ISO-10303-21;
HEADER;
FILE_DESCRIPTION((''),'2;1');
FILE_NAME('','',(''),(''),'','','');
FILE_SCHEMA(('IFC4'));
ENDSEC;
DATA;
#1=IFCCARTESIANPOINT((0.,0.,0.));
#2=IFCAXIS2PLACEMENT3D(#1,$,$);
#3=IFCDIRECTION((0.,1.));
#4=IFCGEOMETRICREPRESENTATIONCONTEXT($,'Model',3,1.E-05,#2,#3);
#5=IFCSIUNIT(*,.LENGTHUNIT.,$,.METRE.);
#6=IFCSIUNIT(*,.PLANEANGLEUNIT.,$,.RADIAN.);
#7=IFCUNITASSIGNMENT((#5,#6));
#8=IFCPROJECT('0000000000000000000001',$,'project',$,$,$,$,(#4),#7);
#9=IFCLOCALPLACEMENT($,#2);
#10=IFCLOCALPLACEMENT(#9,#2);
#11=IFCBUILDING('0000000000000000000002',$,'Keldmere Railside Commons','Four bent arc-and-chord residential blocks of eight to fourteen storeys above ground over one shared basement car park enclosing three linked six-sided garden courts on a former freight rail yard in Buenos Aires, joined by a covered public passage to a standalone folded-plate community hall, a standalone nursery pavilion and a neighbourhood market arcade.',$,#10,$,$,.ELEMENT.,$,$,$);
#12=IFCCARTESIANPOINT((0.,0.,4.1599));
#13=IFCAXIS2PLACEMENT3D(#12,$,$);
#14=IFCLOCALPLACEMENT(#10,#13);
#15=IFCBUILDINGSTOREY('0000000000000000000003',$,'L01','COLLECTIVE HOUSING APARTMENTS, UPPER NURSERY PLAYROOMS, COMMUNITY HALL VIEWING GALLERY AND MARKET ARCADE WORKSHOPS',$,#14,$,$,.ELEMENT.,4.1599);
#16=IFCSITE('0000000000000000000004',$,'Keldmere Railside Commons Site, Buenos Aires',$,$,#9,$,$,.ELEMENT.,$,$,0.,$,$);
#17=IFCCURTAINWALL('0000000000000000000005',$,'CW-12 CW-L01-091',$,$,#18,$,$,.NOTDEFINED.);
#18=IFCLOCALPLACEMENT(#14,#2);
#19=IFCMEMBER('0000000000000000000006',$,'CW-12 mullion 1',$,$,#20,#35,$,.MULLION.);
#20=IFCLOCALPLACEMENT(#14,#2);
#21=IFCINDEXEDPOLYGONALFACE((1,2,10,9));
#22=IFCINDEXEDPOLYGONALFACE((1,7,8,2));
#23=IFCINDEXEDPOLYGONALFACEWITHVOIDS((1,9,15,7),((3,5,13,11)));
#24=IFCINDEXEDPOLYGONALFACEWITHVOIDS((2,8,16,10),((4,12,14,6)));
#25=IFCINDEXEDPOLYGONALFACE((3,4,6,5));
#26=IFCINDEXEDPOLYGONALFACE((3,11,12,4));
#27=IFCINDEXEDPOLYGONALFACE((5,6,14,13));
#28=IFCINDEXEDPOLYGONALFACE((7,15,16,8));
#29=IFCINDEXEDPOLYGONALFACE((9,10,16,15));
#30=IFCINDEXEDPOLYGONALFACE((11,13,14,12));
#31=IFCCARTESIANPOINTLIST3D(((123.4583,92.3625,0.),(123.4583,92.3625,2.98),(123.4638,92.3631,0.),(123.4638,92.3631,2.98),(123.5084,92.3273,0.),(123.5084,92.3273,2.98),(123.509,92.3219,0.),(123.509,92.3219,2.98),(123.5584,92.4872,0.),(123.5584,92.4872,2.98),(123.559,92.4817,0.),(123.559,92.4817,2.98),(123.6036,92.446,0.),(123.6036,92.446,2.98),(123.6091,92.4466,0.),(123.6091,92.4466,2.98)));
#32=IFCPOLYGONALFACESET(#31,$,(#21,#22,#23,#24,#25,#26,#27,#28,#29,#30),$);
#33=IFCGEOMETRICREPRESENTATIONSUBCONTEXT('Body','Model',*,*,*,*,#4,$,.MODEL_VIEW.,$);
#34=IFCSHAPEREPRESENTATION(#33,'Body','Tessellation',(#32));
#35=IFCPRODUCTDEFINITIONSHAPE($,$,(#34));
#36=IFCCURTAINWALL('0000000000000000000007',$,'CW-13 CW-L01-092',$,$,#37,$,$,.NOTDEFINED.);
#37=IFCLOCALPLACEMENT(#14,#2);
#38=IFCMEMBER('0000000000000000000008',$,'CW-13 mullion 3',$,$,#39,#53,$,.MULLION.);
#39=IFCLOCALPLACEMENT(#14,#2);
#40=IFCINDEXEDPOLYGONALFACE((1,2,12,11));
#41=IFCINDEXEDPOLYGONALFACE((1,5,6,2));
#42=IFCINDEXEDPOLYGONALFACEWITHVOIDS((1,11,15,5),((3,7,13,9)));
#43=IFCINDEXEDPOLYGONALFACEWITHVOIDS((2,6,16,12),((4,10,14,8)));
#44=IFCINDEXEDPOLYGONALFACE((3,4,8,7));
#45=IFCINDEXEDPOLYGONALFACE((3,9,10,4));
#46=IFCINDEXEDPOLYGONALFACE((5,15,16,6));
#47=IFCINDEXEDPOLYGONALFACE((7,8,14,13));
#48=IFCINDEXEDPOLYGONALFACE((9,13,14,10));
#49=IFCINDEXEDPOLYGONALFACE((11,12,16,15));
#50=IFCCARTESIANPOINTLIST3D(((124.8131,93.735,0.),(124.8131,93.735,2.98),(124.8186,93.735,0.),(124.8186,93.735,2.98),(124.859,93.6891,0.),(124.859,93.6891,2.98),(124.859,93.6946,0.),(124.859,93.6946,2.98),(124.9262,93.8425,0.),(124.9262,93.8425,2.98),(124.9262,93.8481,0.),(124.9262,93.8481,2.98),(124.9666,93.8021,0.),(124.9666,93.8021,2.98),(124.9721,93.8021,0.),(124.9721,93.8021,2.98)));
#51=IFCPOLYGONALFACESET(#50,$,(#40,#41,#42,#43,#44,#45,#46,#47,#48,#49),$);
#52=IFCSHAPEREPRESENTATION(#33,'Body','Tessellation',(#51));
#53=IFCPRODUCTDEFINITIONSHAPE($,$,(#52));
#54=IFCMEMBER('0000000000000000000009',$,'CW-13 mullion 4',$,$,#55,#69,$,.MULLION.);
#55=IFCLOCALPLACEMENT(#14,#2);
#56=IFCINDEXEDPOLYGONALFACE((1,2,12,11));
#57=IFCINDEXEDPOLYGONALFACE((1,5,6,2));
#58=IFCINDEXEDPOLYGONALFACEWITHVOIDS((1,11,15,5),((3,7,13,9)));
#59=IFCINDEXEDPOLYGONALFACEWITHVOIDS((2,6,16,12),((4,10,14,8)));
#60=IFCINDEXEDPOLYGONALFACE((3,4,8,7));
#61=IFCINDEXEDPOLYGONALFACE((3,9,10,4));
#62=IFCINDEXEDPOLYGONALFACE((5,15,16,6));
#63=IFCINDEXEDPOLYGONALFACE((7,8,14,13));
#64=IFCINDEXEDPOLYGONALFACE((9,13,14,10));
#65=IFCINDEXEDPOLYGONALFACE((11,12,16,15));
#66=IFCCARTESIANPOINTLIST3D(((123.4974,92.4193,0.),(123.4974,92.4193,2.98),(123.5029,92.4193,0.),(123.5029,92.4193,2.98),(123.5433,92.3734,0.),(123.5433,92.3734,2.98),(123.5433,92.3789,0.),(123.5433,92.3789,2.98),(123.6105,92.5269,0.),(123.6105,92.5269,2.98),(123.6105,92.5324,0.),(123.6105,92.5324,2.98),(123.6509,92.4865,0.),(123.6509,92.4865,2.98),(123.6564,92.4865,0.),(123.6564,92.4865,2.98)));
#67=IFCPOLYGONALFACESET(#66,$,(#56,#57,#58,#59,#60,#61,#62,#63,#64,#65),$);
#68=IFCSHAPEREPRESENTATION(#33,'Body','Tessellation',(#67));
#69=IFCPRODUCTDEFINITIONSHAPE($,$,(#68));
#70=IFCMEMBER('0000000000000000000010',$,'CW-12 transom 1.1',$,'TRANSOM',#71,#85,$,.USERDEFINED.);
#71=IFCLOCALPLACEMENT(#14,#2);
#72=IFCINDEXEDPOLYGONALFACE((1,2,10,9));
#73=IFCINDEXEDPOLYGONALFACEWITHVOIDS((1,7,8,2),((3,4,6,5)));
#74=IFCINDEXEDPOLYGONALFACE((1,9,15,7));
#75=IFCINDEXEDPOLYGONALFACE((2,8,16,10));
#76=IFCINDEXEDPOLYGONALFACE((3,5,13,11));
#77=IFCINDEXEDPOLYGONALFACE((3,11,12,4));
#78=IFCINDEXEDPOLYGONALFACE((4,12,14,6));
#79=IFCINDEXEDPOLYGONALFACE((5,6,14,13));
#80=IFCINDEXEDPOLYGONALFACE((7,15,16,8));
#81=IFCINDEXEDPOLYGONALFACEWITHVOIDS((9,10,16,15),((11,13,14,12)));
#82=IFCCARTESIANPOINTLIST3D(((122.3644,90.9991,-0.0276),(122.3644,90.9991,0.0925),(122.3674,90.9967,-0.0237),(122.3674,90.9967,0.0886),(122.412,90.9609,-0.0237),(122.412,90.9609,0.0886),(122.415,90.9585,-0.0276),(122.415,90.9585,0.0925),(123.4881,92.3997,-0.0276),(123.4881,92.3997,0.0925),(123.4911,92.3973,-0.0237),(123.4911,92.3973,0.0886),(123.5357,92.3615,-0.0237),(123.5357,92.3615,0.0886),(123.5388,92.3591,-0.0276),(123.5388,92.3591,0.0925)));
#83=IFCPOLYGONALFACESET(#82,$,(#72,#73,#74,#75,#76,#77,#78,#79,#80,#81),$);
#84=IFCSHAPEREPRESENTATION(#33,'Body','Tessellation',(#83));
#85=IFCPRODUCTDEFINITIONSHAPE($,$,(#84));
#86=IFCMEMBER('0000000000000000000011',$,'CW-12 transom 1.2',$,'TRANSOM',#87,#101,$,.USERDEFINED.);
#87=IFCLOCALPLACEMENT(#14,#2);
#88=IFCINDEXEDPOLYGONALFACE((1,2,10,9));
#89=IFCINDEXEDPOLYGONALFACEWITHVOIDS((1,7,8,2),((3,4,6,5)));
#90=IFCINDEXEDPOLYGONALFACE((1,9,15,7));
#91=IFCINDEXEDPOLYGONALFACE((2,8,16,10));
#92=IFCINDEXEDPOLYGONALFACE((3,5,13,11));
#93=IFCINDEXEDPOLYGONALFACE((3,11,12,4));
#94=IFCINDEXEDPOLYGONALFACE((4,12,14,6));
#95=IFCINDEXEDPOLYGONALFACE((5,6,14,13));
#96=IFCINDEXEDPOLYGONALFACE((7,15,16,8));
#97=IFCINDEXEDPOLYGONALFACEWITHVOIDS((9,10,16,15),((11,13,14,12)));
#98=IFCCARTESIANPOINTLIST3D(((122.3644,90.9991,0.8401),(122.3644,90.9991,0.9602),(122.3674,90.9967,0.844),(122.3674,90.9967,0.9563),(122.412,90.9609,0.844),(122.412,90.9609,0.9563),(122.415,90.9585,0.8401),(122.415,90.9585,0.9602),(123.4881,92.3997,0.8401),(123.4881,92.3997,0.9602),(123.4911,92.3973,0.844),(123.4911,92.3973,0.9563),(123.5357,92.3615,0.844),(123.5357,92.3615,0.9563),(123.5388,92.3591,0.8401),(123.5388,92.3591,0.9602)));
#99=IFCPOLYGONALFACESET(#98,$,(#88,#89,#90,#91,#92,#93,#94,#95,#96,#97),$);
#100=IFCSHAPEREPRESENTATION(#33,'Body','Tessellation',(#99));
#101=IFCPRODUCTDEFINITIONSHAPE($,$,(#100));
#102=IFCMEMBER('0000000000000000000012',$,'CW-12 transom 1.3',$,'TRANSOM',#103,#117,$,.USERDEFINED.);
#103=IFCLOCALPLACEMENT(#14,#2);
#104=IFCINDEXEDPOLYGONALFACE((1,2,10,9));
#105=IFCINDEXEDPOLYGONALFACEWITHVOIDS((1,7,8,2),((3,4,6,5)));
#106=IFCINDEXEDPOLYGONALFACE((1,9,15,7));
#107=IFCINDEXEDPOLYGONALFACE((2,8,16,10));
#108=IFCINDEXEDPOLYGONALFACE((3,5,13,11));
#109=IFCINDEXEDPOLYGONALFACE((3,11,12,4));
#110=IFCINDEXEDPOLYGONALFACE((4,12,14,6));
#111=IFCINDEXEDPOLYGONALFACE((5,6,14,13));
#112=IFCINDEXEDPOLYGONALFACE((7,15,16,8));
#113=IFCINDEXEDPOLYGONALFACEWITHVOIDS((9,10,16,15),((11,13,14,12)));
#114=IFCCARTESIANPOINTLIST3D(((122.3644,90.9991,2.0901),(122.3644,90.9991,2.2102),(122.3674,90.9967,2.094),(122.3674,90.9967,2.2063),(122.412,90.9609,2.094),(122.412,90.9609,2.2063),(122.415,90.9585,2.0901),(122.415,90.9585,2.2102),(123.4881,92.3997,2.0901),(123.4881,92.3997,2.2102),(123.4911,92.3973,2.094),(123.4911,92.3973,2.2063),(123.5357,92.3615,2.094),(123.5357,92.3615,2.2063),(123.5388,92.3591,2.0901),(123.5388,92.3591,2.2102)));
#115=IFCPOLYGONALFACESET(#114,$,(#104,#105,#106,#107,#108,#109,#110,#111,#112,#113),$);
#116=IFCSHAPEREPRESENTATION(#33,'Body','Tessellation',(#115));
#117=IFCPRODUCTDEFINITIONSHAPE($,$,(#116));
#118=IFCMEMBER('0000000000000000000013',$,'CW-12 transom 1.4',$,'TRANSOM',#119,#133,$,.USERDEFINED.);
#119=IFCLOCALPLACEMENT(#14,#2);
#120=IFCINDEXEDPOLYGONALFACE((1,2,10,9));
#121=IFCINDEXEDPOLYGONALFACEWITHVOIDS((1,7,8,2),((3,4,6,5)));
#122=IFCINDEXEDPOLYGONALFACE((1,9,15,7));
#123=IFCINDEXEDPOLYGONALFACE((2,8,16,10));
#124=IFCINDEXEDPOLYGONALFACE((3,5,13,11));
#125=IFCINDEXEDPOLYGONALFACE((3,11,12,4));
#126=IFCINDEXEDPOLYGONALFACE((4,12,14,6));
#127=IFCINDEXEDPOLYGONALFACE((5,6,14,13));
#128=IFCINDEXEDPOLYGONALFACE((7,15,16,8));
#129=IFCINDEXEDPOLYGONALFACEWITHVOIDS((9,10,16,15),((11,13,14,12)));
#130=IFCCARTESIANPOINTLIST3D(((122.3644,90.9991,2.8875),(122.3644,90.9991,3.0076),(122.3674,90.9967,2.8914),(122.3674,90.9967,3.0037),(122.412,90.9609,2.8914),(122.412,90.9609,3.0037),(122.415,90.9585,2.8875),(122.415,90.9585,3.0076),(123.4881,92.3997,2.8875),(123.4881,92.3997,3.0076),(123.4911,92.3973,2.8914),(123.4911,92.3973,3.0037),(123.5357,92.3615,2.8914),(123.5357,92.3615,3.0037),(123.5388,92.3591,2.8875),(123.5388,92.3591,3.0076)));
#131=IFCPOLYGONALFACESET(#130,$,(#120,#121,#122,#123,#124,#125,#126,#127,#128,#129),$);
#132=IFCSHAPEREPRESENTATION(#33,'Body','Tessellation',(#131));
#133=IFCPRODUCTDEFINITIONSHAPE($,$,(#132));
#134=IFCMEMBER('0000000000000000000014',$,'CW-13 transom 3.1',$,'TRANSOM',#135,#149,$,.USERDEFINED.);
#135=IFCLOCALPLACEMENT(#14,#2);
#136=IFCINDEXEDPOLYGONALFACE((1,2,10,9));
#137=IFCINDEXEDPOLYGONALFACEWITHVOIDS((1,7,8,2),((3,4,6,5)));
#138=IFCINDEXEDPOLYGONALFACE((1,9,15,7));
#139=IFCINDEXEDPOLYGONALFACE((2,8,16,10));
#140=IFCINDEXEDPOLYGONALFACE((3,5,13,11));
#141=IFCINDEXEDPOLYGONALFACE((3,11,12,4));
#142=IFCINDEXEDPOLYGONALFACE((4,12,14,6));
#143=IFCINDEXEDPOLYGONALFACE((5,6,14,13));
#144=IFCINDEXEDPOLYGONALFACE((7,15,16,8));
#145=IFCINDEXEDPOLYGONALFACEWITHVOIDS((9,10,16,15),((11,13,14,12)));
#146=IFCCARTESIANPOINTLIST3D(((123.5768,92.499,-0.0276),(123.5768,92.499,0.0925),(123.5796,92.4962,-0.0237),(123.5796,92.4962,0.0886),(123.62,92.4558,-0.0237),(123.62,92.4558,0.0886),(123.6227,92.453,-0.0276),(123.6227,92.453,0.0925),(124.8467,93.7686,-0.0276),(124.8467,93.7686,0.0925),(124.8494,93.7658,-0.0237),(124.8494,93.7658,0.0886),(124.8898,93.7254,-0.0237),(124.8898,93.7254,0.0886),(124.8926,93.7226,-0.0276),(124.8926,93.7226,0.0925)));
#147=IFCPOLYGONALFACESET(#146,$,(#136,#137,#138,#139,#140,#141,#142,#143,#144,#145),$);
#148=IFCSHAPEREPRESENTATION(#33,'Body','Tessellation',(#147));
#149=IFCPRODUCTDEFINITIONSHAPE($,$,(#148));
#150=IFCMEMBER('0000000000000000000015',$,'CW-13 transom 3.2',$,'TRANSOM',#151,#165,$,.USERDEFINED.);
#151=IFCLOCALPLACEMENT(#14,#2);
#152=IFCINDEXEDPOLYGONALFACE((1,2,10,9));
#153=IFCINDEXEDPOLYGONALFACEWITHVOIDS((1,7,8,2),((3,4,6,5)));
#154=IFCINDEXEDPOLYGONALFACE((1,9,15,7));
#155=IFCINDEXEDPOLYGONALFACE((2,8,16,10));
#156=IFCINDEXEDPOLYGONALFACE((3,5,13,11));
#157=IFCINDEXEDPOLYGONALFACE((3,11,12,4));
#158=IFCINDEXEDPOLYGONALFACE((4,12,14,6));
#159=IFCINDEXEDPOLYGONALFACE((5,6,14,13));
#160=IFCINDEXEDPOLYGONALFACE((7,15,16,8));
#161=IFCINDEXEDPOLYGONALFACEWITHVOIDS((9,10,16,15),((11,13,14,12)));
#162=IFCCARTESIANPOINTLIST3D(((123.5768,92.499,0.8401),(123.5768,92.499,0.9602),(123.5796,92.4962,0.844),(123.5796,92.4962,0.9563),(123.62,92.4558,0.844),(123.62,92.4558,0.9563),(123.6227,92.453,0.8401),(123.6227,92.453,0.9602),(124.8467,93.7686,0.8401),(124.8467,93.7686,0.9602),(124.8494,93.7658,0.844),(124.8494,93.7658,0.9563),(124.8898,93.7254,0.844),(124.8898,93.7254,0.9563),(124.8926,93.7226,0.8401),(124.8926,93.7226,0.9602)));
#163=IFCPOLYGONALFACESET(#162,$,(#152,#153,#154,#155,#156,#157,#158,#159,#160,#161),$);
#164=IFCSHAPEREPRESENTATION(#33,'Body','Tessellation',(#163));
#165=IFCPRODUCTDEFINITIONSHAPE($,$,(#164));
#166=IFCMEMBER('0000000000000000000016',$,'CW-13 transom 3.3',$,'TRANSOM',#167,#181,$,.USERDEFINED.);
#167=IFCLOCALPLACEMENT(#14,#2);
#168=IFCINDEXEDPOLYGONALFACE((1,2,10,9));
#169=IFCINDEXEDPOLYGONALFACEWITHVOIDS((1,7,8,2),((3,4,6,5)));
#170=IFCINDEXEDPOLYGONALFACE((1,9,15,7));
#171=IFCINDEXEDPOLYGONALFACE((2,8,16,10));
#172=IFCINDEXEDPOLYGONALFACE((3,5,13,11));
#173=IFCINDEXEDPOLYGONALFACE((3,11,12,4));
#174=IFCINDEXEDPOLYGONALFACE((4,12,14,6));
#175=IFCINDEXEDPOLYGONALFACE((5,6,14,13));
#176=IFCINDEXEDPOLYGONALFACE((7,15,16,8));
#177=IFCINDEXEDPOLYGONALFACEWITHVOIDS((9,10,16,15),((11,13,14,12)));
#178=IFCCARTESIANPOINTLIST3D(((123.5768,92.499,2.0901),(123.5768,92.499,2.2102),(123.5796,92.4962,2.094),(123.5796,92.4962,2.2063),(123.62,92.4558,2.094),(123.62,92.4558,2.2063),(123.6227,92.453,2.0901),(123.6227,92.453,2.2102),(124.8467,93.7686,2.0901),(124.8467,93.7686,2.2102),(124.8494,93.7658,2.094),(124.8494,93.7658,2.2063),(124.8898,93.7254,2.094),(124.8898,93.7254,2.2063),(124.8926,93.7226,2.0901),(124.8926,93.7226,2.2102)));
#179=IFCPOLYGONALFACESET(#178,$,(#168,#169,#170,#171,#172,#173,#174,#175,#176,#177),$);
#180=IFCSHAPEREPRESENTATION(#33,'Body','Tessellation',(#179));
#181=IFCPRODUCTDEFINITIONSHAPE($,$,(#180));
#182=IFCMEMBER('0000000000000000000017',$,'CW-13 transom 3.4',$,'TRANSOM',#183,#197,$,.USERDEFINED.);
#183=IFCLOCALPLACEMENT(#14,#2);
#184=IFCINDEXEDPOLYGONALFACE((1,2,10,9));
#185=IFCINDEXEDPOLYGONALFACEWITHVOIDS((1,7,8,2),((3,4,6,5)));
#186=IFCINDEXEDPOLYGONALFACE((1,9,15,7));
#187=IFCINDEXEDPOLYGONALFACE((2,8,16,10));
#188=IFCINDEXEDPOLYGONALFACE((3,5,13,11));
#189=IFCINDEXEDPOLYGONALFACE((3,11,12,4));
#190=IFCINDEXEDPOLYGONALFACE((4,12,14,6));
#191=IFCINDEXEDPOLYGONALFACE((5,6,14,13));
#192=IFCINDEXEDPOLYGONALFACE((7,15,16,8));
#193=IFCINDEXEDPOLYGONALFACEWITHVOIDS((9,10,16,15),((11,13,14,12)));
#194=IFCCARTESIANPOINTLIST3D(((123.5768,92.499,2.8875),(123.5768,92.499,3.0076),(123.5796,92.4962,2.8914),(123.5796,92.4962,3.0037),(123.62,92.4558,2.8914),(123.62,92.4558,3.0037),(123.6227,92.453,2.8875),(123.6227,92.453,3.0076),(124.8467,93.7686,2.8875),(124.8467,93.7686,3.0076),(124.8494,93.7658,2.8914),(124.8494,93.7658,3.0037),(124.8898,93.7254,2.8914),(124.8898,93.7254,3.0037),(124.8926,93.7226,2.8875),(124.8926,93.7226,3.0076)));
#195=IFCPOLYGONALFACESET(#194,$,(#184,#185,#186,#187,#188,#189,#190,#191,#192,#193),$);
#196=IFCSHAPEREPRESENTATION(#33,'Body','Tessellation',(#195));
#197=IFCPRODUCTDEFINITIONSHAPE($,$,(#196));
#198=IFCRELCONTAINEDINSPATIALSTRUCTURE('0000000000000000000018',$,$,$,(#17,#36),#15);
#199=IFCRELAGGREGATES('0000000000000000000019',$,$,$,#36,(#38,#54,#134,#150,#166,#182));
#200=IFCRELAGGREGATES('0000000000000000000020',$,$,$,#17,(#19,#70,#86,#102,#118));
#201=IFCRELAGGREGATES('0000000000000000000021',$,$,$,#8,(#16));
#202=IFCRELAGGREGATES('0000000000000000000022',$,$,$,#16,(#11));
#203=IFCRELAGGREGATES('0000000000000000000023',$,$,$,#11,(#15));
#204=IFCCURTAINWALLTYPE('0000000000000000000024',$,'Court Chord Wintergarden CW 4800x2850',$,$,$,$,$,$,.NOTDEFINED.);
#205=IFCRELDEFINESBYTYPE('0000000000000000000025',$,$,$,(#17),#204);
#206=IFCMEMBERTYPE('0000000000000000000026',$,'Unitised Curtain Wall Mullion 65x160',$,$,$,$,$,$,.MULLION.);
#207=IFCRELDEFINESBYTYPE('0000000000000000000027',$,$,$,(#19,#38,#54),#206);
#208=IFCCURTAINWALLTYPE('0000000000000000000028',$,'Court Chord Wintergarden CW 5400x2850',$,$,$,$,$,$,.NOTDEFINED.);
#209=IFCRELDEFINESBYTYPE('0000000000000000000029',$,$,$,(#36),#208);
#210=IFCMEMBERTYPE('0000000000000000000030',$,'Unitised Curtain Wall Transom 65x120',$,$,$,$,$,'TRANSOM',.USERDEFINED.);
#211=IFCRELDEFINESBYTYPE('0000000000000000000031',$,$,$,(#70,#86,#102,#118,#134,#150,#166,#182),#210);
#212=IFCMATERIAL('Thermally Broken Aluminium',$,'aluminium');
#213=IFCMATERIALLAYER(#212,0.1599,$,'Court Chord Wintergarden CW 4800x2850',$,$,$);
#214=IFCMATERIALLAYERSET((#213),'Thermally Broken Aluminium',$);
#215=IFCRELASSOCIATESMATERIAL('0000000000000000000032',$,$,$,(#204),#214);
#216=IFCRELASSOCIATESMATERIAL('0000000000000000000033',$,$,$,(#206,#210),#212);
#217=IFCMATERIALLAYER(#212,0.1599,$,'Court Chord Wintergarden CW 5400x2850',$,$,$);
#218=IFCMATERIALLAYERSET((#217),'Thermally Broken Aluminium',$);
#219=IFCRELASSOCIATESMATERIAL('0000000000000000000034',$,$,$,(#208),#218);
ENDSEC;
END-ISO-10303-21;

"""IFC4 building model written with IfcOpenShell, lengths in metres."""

from ifc_helpers import new_model, si_unit, direction, frame, origin, origin_2d, place, context, subcontext, project, spatial, hollow_rectangle, extrude, material, layer, layer_set, material_profile, profile_set, type_object, element, aggregate, save


model = new_model("IFC4")

# Units and contexts
model_context = context("Model", 3, precision=1e-05, world=origin(), true_north=direction((0.0, 1.0)))
body_context = subcontext(model_context, "Body", "Model", "MODEL_VIEW")
ifc_project = project(units=[si_unit("LENGTHUNIT", "METRE"), si_unit("PLANEANGLEUNIT", "RADIAN")], contexts=[model_context])

# Site, building, storey
site_placement = place(None, origin())
site = spatial("IfcSite", under=ifc_project, at=site_placement, Name="Keldmere Railside Commons Site, Buenos Aires", CompositionType="ELEMENT", RefElevation=0.0)
building_placement = place(site_placement, origin())
building = spatial("IfcBuilding", under=site, at=building_placement, Name="Keldmere Railside Commons", Description="Four bent arc-and-chord residential blocks of eight to fourteen storeys above ground over one shared basement car park enclosing three linked six-sided garden courts on a former freight rail yard in Buenos Aires, joined by a covered public passage to a standalone folded-plate community hall, a standalone nursery pavilion and a neighbourhood market arcade.", CompositionType="ELEMENT")
storey_placement = place(building_placement, frame((0.0, 0.0, 4.1599)))
storey = spatial("IfcBuildingStorey", under=building, at=storey_placement, Name="L01", Description="COLLECTIVE HOUSING APARTMENTS, UPPER NURSERY PLAYROOMS, COMMUNITY HALL VIEWING GALLERY AND MARKET ARCADE WORKSHOPS", CompositionType="ELEMENT", Elevation=4.1599)

# Curtain wall, member
ifc_material_1 = material(Name="Thermally Broken Aluminium", Category="aluminium")
ifc_layer_1 = layer(ifc_material_1, 0.1599, Name="Court Chord Wintergarden CW 4800x2850")
ifc_layer_set_1 = layer_set([ifc_layer_1], Name="Thermally Broken Aluminium")
curtain_wall_type_1 = type_object("IfcCurtainWallType", Name="Court Chord Wintergarden CW 4800x2850", PredefinedType="NOTDEFINED", material=ifc_layer_set_1)
curtain_wall_1_placement = place(storey_placement, origin())
curtain_wall_1 = element("IfcCurtainWall", 1, at=curtain_wall_1_placement, inside=storey, type_object=curtain_wall_type_1, Name="CW-12 CW-L01-091", PredefinedType="NOTDEFINED")
ifc_material_profile_1 = material_profile(ifc_material_1, hollow_rectangle(XDim=0.0649, YDim=0.1599, WallThickness=0.0039, at=origin_2d()), Name="ALU-MULL-65x160")
ifc_profile_set_1 = profile_set([ifc_material_profile_1], Name="Thermally Broken Aluminium")
member_type_1 = type_object("IfcMemberType", Name="Unitised Curtain Wall Mullion 65x160", PredefinedType="MULLION", material=ifc_profile_set_1)
member_1_placement = place(storey_placement, frame((123.5337, 92.4045, 0.0), z_axis=(0.0, 0.0, 1.0), x_axis=(0.780009, -0.625768, 0.0)))
member_1 = element("IfcMember", 2, at=member_1_placement, type_object=member_type_1, Name="CW-12 mullion 1", PredefinedType="MULLION", context=body_context, shape_type="SweptSolid", body=[
    extrude(hollow_rectangle(XDim=0.0649, YDim=0.1599, WallThickness=0.0039, at=origin_2d()), origin(), (0.0, 0.0, 1.0), 2.98),
])

# Curtain wall, members
ifc_layer_2 = layer(ifc_material_1, 0.1599, Name="Court Chord Wintergarden CW 5400x2850")
ifc_layer_set_2 = layer_set([ifc_layer_2], Name="Thermally Broken Aluminium")
curtain_wall_type_2 = type_object("IfcCurtainWallType", Name="Court Chord Wintergarden CW 5400x2850", PredefinedType="NOTDEFINED", material=ifc_layer_set_2)
curtain_wall_2_placement = place(storey_placement, origin())
curtain_wall_2 = element("IfcCurtainWall", 3, at=curtain_wall_2_placement, inside=storey, type_object=curtain_wall_type_2, Name="CW-13 CW-L01-092", PredefinedType="NOTDEFINED")
member_2_placement = place(storey_placement, frame((124.8926, 93.7686, 0.0), z_axis=(0.0, 0.0, 1.0), x_axis=(0.707107, -0.707107, 0.0)))
member_2 = element("IfcMember", 4, at=member_2_placement, type_object=member_type_1, Name="CW-13 mullion 3", PredefinedType="MULLION", context=body_context, shape_type="SweptSolid", body=[
    extrude(hollow_rectangle(XDim=0.0649, YDim=0.1599, WallThickness=0.0039, at=origin_2d()), origin(), (0.0, 0.0, 1.0), 2.98),
])
member_3_placement = place(storey_placement, frame((123.5769, 92.4529, 0.0), z_axis=(0.0, 0.0, 1.0), x_axis=(0.707107, -0.707107, 0.0)))
member_3 = element("IfcMember", 5, at=member_3_placement, type_object=member_type_1, Name="CW-13 mullion 4", PredefinedType="MULLION", context=body_context, shape_type="SweptSolid", body=[
    extrude(hollow_rectangle(XDim=0.0649, YDim=0.1599, WallThickness=0.0039, at=origin_2d()), origin(), (0.0, 0.0, 1.0), 2.98),
])

# Members
ifc_material_profile_2 = material_profile(ifc_material_1, hollow_rectangle(XDim=0.0649, YDim=0.1201, WallThickness=0.0039, at=origin_2d()), Name="ALU-TRAN-65x120")
ifc_profile_set_2 = profile_set([ifc_material_profile_2], Name="Thermally Broken Aluminium")
member_type_2 = type_object("IfcMemberType", Name="Unitised Curtain Wall Transom 65x120", ElementType="TRANSOM", PredefinedType="USERDEFINED", material=ifc_profile_set_2)
member_4_placement = place(storey_placement, frame((123.5134, 92.3794, 0.0325), z_axis=(-0.625805, -0.779979, 0.0), x_axis=(0.779979, -0.625805, 0.0)))
member_4 = element("IfcMember", 6, at=member_4_placement, type_object=member_type_2, Name="CW-12 transom 1.1", ObjectType="TRANSOM", PredefinedType="USERDEFINED", context=body_context, shape_type="SweptSolid", body=[
    extrude(hollow_rectangle(XDim=0.0649, YDim=0.1201, WallThickness=0.0039, at=origin_2d()), origin(), (0.0, 0.0, 1.0), 1.7957),
])
member_5_placement = place(storey_placement, frame((123.5134, 92.3794, 0.9001), z_axis=(-0.625805, -0.779979, 0.0), x_axis=(0.779979, -0.625805, 0.0)))
member_5 = element("IfcMember", 7, at=member_5_placement, type_object=member_type_2, Name="CW-12 transom 1.2", ObjectType="TRANSOM", PredefinedType="USERDEFINED", context=body_context, shape_type="SweptSolid", body=[
    extrude(hollow_rectangle(XDim=0.0649, YDim=0.1201, WallThickness=0.0039, at=origin_2d()), origin(), (0.0, 0.0, 1.0), 1.7957),
])
member_6_placement = place(storey_placement, frame((123.5134, 92.3794, 2.1501), z_axis=(-0.625805, -0.779979, 0.0), x_axis=(0.779979, -0.625805, 0.0)))
member_6 = element("IfcMember", 8, at=member_6_placement, type_object=member_type_2, Name="CW-12 transom 1.3", ObjectType="TRANSOM", PredefinedType="USERDEFINED", context=body_context, shape_type="SweptSolid", body=[
    extrude(hollow_rectangle(XDim=0.0649, YDim=0.1201, WallThickness=0.0039, at=origin_2d()), origin(), (0.0, 0.0, 1.0), 1.7957),
])
member_7_placement = place(storey_placement, frame((123.5134, 92.3794, 2.9475), z_axis=(-0.625805, -0.779979, 0.0), x_axis=(0.779979, -0.625805, 0.0)))
member_7 = element("IfcMember", 9, at=member_7_placement, type_object=member_type_2, Name="CW-12 transom 1.4", ObjectType="TRANSOM", PredefinedType="USERDEFINED", context=body_context, shape_type="SweptSolid", body=[
    extrude(hollow_rectangle(XDim=0.0649, YDim=0.1201, WallThickness=0.0039, at=origin_2d()), origin(), (0.0, 0.0, 1.0), 1.7957),
])
member_8_placement = place(storey_placement, frame((124.8696, 93.7456, 0.0325), z_axis=(-0.707175, -0.707039, 0.0), x_axis=(0.707039, -0.707175, 0.0)))
member_8 = element("IfcMember", 10, at=member_8_placement, type_object=member_type_2, Name="CW-13 transom 3.1", ObjectType="TRANSOM", PredefinedType="USERDEFINED", context=body_context, shape_type="SweptSolid", body=[
    extrude(hollow_rectangle(XDim=0.0649, YDim=0.1201, WallThickness=0.0039, at=origin_2d()), origin(), (0.0, 0.0, 1.0), 1.7957),
])
member_9_placement = place(storey_placement, frame((124.8696, 93.7456, 0.9001), z_axis=(-0.707175, -0.707039, 0.0), x_axis=(0.707039, -0.707175, 0.0)))
member_9 = element("IfcMember", 11, at=member_9_placement, type_object=member_type_2, Name="CW-13 transom 3.2", ObjectType="TRANSOM", PredefinedType="USERDEFINED", context=body_context, shape_type="SweptSolid", body=[
    extrude(hollow_rectangle(XDim=0.0649, YDim=0.1201, WallThickness=0.0039, at=origin_2d()), origin(), (0.0, 0.0, 1.0), 1.7957),
])
member_10_placement = place(storey_placement, frame((124.8696, 93.7456, 2.1501), z_axis=(-0.707175, -0.707039, 0.0), x_axis=(0.707039, -0.707175, 0.0)))
member_10 = element("IfcMember", 12, at=member_10_placement, type_object=member_type_2, Name="CW-13 transom 3.3", ObjectType="TRANSOM", PredefinedType="USERDEFINED", context=body_context, shape_type="SweptSolid", body=[
    extrude(hollow_rectangle(XDim=0.0649, YDim=0.1201, WallThickness=0.0039, at=origin_2d()), origin(), (0.0, 0.0, 1.0), 1.7957),
])
member_11_placement = place(storey_placement, frame((124.8696, 93.7456, 2.9475), z_axis=(-0.707175, -0.707039, 0.0), x_axis=(0.707039, -0.707175, 0.0)))
member_11 = element("IfcMember", 13, at=member_11_placement, type_object=member_type_2, Name="CW-13 transom 3.4", ObjectType="TRANSOM", PredefinedType="USERDEFINED", context=body_context, shape_type="SweptSolid", body=[
    extrude(hollow_rectangle(XDim=0.0649, YDim=0.1201, WallThickness=0.0039, at=origin_2d()), origin(), (0.0, 0.0, 1.0), 1.7957),
])

aggregate(curtain_wall_2, [member_2, member_3, member_8, member_9, member_10, member_11])
aggregate(curtain_wall_1, [member_1, member_4, member_5, member_6, member_7])

save(model, "model.ifc")
